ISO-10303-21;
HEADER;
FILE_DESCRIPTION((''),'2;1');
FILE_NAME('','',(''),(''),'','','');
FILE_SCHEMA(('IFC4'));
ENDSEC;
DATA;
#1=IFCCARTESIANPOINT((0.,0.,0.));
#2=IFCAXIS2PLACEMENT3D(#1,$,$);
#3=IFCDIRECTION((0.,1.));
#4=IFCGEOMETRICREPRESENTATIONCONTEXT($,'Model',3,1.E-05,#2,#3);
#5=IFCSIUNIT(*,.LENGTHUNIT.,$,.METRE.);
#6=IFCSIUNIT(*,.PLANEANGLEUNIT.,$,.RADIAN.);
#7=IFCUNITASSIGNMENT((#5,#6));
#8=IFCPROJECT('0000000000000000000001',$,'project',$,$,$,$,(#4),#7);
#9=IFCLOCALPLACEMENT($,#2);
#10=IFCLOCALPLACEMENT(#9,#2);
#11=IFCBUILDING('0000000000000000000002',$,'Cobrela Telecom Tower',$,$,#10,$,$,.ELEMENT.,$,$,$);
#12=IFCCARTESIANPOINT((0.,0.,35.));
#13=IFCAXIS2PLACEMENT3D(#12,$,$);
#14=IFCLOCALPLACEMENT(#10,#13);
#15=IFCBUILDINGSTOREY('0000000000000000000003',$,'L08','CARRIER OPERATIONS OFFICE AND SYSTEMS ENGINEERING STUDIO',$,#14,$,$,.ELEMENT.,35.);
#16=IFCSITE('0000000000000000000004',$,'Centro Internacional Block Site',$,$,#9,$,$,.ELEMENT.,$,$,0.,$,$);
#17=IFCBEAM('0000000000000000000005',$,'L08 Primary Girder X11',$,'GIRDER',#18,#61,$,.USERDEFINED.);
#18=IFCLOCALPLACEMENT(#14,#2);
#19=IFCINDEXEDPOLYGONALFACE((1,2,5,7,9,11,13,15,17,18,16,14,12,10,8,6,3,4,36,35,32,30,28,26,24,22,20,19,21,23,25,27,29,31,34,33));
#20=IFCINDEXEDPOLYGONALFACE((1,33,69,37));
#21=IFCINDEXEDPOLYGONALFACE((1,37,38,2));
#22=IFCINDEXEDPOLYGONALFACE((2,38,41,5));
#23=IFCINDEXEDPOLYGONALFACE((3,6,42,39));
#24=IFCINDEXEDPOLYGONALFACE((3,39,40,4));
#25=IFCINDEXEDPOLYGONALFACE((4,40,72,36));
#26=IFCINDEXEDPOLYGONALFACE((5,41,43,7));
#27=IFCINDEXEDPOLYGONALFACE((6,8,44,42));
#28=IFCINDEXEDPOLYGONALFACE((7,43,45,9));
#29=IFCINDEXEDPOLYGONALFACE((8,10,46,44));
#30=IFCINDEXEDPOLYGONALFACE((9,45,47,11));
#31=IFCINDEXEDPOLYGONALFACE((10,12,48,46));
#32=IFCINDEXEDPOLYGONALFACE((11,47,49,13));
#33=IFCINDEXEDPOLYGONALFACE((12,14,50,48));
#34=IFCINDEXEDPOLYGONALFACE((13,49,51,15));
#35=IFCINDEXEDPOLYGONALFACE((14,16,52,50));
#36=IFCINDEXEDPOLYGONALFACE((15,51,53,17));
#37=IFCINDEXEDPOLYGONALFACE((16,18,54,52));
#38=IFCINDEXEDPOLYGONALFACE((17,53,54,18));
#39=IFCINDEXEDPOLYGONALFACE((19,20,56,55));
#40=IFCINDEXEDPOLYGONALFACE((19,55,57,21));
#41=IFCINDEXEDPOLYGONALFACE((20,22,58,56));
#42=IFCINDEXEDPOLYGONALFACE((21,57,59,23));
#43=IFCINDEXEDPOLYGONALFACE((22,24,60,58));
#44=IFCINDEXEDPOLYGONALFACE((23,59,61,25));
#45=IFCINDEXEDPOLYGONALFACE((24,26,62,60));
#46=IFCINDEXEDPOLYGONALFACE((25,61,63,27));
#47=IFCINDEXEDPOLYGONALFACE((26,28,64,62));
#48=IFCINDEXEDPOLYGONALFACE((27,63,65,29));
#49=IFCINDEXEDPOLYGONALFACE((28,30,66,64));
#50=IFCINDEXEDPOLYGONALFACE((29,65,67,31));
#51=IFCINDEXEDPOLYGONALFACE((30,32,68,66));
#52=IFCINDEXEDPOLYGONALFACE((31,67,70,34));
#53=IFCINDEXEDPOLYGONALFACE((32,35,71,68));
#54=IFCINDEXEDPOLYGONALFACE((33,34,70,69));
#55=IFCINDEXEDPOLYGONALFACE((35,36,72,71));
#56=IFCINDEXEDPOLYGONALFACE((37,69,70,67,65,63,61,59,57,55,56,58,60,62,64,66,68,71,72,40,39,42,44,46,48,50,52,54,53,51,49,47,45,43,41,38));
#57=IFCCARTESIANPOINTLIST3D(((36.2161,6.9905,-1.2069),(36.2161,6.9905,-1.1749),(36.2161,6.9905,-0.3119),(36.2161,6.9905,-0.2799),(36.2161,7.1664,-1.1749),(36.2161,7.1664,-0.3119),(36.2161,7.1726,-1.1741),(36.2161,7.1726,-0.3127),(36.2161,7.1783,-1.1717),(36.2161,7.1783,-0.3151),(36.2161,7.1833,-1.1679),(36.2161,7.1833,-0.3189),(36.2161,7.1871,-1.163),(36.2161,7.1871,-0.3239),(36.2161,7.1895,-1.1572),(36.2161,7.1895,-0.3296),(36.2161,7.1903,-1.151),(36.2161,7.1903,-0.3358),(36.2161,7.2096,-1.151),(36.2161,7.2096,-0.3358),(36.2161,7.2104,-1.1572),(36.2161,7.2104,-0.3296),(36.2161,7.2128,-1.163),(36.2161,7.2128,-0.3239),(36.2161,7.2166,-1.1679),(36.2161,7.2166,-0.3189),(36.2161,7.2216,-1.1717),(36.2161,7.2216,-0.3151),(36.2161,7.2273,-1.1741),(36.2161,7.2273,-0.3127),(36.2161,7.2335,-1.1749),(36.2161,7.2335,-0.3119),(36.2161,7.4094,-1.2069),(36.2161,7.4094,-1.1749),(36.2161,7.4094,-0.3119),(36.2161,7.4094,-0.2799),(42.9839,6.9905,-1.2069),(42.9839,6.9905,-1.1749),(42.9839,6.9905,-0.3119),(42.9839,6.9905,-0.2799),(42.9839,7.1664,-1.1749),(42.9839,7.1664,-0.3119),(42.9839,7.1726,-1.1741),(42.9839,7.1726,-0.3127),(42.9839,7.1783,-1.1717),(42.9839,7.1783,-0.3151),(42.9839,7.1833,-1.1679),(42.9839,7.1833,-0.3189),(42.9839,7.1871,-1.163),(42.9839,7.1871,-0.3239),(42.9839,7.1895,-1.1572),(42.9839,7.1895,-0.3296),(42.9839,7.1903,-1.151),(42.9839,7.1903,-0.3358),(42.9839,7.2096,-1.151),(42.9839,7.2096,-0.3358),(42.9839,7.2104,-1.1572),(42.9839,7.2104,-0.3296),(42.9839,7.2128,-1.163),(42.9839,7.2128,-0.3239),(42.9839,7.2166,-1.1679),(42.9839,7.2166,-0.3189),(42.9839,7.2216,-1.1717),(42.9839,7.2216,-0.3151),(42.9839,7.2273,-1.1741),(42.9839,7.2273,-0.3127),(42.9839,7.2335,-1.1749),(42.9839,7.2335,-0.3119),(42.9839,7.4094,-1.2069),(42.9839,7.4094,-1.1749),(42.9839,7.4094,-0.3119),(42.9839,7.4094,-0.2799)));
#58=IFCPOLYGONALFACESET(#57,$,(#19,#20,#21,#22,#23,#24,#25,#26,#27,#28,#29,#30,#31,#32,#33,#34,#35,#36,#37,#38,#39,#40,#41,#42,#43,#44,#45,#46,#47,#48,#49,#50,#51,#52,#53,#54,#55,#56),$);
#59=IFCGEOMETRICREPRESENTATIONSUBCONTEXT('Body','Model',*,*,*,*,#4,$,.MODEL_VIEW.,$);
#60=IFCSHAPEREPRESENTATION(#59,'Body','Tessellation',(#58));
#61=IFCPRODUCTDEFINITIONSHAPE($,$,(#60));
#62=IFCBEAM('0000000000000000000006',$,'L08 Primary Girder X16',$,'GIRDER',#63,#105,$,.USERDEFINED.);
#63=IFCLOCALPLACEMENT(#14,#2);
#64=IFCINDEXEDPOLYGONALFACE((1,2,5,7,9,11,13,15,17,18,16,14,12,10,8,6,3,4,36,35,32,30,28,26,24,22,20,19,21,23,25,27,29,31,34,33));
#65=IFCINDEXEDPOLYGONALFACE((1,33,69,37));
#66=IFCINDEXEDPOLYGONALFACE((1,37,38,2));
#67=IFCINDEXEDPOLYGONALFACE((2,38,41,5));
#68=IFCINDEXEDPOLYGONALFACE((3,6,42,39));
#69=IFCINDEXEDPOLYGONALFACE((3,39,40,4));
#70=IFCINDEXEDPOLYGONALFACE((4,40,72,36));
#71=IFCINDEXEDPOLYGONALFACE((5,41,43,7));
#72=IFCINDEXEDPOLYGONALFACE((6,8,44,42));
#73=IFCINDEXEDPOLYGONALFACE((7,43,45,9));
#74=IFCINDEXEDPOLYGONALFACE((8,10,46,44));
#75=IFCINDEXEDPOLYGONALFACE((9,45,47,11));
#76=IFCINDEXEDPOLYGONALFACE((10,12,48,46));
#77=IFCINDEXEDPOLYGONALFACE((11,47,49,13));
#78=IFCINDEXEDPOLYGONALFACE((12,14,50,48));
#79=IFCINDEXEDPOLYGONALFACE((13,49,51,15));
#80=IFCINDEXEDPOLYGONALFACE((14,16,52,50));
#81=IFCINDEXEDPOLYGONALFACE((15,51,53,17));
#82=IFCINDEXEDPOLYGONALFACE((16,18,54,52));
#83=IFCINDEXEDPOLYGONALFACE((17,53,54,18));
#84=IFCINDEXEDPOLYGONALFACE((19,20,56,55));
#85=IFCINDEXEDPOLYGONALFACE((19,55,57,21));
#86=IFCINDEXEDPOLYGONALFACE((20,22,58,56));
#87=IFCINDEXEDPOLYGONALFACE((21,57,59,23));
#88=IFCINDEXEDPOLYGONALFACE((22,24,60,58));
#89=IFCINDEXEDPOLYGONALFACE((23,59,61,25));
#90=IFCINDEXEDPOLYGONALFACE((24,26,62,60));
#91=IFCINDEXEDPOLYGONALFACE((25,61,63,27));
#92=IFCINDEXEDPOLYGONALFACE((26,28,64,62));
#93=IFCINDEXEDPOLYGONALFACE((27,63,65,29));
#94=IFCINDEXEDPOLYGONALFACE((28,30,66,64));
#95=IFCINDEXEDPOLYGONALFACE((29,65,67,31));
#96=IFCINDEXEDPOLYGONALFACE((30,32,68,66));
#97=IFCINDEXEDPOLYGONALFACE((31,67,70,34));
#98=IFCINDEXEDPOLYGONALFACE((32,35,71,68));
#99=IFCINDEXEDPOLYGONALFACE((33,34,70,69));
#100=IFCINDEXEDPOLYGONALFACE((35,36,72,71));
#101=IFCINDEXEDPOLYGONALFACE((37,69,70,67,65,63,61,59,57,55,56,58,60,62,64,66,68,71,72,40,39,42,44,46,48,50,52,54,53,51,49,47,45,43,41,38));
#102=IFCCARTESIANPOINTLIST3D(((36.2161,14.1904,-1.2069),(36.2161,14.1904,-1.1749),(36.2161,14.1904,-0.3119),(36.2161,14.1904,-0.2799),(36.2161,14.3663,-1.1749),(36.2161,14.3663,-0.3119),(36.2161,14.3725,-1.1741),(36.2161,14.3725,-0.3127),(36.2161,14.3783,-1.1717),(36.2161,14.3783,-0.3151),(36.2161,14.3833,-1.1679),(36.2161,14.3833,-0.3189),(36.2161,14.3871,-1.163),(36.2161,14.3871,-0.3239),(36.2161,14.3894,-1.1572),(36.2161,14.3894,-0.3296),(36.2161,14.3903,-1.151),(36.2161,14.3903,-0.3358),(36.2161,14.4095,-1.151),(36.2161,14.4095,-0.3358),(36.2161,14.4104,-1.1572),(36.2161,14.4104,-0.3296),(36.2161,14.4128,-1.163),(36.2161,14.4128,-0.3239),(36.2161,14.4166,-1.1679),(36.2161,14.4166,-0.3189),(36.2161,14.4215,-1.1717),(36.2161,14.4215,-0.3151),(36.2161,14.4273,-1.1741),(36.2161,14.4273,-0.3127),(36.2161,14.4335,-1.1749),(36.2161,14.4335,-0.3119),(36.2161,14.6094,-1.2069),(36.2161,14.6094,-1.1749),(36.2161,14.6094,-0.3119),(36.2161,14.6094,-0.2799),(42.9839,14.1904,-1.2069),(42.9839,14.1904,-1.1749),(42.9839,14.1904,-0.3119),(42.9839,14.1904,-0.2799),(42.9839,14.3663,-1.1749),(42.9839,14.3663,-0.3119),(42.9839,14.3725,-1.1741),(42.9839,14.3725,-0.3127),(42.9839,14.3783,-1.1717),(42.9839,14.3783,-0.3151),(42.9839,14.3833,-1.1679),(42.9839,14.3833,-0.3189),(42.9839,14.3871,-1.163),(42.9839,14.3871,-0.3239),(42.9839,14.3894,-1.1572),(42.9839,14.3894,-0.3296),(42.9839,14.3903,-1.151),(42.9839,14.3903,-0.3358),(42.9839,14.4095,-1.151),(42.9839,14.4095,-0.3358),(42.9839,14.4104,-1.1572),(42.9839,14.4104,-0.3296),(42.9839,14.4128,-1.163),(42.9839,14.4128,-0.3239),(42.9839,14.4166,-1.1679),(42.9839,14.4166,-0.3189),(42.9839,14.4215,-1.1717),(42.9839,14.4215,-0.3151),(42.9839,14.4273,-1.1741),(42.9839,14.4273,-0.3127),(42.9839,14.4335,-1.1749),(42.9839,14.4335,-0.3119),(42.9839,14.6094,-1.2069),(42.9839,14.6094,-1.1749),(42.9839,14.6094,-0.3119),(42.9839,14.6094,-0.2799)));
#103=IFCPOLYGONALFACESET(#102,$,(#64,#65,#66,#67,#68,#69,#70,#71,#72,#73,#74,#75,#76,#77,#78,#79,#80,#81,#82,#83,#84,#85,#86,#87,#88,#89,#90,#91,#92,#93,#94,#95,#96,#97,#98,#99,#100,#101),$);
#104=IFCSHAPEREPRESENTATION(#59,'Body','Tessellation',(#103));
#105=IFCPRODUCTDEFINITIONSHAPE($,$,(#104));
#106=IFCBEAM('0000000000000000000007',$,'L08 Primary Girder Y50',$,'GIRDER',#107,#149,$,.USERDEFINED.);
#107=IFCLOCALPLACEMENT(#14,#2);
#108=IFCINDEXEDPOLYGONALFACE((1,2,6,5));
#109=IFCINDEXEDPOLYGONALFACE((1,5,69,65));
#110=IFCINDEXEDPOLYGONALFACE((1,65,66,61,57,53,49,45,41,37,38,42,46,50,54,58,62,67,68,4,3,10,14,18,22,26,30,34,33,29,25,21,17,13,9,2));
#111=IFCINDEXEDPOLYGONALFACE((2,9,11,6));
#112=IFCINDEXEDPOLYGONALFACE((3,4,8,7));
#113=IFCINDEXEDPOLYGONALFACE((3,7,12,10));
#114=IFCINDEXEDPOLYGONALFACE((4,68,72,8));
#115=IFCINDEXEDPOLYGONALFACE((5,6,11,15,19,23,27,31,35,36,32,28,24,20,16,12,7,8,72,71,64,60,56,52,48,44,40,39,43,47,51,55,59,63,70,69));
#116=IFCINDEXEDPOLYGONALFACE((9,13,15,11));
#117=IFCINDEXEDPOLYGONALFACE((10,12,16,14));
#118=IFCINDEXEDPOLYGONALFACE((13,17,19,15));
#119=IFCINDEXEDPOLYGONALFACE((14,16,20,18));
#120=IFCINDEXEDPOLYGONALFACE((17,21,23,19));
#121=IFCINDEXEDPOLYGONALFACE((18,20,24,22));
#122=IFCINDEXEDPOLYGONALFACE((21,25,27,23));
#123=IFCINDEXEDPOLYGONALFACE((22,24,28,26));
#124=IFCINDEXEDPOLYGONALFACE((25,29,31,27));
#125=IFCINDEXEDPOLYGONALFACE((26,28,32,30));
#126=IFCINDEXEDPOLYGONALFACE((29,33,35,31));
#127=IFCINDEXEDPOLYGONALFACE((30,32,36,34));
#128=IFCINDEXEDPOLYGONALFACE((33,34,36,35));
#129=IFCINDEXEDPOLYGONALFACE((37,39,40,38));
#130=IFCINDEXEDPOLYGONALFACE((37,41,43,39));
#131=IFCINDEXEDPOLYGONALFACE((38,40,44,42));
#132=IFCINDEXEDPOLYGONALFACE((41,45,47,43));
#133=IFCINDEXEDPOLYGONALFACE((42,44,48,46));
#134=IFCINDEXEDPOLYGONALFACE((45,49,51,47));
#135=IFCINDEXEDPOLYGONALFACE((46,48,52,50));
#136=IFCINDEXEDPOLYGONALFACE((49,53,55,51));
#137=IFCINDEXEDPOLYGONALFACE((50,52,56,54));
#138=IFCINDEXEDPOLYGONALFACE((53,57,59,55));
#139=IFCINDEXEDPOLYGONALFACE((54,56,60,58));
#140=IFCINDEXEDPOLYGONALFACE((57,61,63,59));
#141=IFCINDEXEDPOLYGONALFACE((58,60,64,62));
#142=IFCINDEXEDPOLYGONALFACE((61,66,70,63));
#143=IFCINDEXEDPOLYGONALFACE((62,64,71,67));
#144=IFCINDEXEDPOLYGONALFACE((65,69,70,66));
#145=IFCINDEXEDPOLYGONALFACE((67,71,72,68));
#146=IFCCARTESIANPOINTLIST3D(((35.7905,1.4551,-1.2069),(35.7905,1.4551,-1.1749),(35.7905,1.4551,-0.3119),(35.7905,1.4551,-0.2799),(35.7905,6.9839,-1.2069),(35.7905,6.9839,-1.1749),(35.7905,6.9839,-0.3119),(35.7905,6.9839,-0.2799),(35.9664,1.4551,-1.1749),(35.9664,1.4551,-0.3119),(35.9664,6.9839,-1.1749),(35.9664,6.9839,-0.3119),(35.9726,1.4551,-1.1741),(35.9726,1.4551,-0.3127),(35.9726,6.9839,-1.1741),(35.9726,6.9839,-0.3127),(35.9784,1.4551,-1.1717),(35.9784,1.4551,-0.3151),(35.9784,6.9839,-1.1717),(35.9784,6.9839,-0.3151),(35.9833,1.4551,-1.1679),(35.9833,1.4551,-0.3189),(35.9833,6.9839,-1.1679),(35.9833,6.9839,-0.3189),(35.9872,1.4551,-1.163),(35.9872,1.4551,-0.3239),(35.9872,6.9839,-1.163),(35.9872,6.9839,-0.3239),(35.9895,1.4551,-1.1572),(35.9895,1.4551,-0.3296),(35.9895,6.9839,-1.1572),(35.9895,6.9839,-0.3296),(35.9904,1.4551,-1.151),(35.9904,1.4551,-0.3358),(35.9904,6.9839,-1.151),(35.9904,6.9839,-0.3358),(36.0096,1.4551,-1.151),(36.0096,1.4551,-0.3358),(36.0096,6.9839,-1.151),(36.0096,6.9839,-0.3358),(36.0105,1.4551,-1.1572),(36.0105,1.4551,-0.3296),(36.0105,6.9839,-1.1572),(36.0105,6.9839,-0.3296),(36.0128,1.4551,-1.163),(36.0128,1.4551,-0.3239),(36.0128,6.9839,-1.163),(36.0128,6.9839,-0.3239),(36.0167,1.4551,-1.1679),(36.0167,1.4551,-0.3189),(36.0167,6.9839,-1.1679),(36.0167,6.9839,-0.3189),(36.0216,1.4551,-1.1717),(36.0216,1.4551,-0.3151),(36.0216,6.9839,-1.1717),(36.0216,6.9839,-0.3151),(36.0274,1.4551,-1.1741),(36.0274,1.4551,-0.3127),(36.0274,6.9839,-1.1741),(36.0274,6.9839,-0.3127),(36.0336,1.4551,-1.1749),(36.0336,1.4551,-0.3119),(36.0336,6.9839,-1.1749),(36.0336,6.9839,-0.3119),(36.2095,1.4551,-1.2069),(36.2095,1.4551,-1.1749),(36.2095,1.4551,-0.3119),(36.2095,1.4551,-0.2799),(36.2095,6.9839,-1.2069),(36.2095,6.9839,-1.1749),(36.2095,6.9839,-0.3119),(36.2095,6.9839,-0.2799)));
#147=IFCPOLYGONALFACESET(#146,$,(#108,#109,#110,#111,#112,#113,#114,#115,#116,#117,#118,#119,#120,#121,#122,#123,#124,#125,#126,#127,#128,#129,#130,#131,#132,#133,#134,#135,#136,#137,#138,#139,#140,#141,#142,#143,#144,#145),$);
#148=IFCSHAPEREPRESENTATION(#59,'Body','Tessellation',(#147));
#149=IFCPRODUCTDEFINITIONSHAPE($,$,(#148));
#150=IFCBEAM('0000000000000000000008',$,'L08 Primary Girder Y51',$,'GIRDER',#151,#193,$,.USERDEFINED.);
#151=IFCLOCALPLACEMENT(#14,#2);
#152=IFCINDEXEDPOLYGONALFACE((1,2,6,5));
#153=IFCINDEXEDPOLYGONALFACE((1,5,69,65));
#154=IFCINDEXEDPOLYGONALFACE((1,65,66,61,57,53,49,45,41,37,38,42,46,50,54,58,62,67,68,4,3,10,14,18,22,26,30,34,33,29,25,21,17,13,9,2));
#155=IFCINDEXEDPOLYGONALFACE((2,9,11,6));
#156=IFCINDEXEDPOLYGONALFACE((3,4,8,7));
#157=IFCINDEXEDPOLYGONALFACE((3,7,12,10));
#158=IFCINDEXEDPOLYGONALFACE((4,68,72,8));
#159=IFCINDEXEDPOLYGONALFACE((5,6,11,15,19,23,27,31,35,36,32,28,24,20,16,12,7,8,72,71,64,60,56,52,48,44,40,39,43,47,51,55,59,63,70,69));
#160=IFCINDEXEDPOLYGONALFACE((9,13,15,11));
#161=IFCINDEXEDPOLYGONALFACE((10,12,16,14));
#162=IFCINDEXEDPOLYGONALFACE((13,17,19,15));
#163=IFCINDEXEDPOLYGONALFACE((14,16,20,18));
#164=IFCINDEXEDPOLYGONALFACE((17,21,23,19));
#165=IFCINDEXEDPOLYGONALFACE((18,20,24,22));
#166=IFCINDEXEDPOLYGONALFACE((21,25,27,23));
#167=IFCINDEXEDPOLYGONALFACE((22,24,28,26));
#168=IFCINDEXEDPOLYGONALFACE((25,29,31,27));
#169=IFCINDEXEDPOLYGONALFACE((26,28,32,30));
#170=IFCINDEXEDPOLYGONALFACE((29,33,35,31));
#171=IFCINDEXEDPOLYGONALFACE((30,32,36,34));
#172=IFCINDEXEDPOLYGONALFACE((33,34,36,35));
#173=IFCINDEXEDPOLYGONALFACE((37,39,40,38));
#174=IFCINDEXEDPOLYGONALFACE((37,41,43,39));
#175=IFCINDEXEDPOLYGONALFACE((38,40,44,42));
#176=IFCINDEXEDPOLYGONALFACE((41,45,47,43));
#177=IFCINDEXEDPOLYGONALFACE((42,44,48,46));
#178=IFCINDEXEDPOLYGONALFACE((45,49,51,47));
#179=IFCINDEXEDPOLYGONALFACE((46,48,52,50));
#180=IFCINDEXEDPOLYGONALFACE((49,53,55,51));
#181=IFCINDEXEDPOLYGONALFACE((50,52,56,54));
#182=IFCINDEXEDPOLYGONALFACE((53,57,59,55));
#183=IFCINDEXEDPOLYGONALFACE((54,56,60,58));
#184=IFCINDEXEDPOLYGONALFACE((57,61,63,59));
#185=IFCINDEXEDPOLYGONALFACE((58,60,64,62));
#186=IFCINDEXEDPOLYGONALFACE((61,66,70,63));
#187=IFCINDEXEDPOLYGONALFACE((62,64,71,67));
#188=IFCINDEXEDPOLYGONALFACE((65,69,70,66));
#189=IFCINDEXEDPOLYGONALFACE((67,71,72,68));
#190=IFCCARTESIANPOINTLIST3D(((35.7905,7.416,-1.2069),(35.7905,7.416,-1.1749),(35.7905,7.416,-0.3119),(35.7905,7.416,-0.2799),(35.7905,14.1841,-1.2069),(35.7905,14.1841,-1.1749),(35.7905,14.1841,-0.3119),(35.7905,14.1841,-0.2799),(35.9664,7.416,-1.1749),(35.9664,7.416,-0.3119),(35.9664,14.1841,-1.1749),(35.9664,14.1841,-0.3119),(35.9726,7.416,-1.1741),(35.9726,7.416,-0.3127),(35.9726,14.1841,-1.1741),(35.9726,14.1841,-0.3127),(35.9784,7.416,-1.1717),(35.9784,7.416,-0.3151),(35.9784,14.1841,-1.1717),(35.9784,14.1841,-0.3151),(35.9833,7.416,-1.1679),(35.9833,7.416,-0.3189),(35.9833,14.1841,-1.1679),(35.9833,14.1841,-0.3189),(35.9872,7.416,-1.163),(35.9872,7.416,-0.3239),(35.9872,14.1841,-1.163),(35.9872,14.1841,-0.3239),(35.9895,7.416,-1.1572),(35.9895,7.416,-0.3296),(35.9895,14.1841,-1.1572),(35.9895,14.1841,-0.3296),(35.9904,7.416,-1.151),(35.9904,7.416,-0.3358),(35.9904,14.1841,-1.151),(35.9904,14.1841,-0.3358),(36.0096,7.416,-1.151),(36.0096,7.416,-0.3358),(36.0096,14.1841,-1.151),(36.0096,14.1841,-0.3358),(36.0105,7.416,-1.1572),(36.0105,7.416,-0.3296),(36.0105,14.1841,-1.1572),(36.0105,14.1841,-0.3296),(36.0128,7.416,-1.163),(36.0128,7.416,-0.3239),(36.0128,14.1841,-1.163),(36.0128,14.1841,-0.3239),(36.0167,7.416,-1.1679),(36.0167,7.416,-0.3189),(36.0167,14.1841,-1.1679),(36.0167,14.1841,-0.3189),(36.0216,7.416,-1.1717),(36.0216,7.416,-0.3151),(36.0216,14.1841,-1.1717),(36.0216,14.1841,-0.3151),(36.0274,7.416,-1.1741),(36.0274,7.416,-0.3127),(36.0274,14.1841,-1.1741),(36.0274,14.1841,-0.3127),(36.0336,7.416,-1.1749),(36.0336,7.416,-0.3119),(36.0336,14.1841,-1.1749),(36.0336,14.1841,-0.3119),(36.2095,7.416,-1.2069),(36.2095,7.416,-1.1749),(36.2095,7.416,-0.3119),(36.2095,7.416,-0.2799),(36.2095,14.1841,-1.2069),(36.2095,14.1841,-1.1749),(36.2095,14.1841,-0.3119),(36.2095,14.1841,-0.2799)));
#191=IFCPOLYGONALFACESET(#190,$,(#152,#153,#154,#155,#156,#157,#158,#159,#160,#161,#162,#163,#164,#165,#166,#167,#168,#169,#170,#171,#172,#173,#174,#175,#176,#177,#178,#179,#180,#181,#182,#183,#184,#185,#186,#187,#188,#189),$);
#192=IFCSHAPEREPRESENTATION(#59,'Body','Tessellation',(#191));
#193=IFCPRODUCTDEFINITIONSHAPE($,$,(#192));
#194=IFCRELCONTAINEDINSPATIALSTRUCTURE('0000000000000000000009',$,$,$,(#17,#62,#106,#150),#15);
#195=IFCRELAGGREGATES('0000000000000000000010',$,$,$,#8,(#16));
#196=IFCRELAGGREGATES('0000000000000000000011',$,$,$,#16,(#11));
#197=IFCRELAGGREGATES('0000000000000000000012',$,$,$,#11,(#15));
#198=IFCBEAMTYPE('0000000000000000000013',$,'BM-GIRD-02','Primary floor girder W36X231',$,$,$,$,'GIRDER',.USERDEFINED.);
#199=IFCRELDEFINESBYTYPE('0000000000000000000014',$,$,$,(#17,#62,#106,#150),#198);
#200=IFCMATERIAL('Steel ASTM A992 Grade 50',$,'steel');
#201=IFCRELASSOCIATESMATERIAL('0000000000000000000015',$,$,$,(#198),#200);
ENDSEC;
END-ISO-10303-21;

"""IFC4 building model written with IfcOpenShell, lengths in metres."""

from ifc_helpers import new_model, si_unit, direction, frame, origin, origin_2d, place, context, subcontext, project, spatial, i_section, extrude, material, material_profile, profile_set, type_object, element, save


model = new_model("IFC4")

# Units and contexts
model_context = context("Model", 3, precision=1e-05, world=origin(), true_north=direction((0.0, 1.0)))
body_context = subcontext(model_context, "Body", "Model", "MODEL_VIEW")
ifc_project = project(units=[si_unit("LENGTHUNIT", "METRE"), si_unit("PLANEANGLEUNIT", "RADIAN")], contexts=[model_context])

# Site, building, storey
site_placement = place(None, origin())
site = spatial("IfcSite", under=ifc_project, at=site_placement, Name="Centro Internacional Block Site", CompositionType="ELEMENT", RefElevation=0.0)
building_placement = place(site_placement, origin())
building = spatial("IfcBuilding", under=site, at=building_placement, Name="Cobrela Telecom Tower", CompositionType="ELEMENT")
storey_placement = place(building_placement, frame((0.0, 0.0, 35.0)))
storey = spatial("IfcBuildingStorey", under=building, at=storey_placement, Name="L08", Description="CARRIER OPERATIONS OFFICE AND SYSTEMS ENGINEERING STUDIO", CompositionType="ELEMENT", Elevation=35.0)

# Shared definitions
ifc_material_1 = material(Name="Steel ASTM A992 Grade 50", Category="steel")

# Beams
ifc_material_profile_1 = material_profile(ifc_material_1, i_section(OverallWidth=0.4189, OverallDepth=0.927, WebThickness=0.0193, FlangeThickness=0.032, FilletRadius=0.0239, at=origin_2d()), Name="W36X231")
ifc_profile_set_1 = profile_set([ifc_material_profile_1], Name="Steel ASTM A992 Grade 50")
beam_type_1 = type_object("IfcBeamType", Name="BM-GIRD-02", Description="Primary floor girder W36X231", ElementType="GIRDER", PredefinedType="USERDEFINED", material=ifc_profile_set_1)
for number, where, z_axis, x_axis, name in (
    (1, (36.2161, 7.2, -0.7434), (1.0, 0.0, 0.0), (0.0, 1.0, 0.0), "L08 Primary Girder X11"),
    (2, (36.2161, 14.3999, -0.7434), (1.0, 0.0, 0.0), (0.0, 1.0, 0.0), "L08 Primary Girder X16"),
):
    element("IfcBeam", number, at=place(storey_placement, frame(where, z_axis=z_axis, x_axis=x_axis)), inside=storey, type_object=beam_type_1, Name=name, ObjectType="GIRDER", PredefinedType="USERDEFINED", context=body_context, shape_type="SweptSolid", body=[
        extrude(i_section(OverallWidth=0.4189, OverallDepth=0.927, WebThickness=0.0193, FlangeThickness=0.032, FilletRadius=0.0239, at=origin_2d()), origin(), (0.0, 0.0, 1.0), 6.7678),
    ])
beam_1_placement = place(storey_placement, frame((36.0, 1.4551, -0.7434), z_axis=(0.0, 1.0, 0.0), x_axis=(-1.0, 0.0, 0.0)))
element("IfcBeam", 3, at=beam_1_placement, inside=storey, type_object=beam_type_1, Name="L08 Primary Girder Y50", ObjectType="GIRDER", PredefinedType="USERDEFINED", context=body_context, shape_type="SweptSolid", body=[
    extrude(i_section(OverallWidth=0.4189, OverallDepth=0.927, WebThickness=0.0193, FlangeThickness=0.032, FilletRadius=0.0239, at=origin_2d()), origin(), (0.0, 0.0, 1.0), 5.5288),
])
beam_2_placement = place(storey_placement, frame((36.0, 7.416, -0.7434), z_axis=(0.0, 1.0, 0.0), x_axis=(-1.0, 0.0, 0.0)))
element("IfcBeam", 4, at=beam_2_placement, inside=storey, type_object=beam_type_1, Name="L08 Primary Girder Y51", ObjectType="GIRDER", PredefinedType="USERDEFINED", context=body_context, shape_type="SweptSolid", body=[
    extrude(i_section(OverallWidth=0.4189, OverallDepth=0.927, WebThickness=0.0193, FlangeThickness=0.032, FilletRadius=0.0239, at=origin_2d()), origin(), (0.0, 0.0, 1.0), 6.7681),
])

save(model, "model.ifc")
